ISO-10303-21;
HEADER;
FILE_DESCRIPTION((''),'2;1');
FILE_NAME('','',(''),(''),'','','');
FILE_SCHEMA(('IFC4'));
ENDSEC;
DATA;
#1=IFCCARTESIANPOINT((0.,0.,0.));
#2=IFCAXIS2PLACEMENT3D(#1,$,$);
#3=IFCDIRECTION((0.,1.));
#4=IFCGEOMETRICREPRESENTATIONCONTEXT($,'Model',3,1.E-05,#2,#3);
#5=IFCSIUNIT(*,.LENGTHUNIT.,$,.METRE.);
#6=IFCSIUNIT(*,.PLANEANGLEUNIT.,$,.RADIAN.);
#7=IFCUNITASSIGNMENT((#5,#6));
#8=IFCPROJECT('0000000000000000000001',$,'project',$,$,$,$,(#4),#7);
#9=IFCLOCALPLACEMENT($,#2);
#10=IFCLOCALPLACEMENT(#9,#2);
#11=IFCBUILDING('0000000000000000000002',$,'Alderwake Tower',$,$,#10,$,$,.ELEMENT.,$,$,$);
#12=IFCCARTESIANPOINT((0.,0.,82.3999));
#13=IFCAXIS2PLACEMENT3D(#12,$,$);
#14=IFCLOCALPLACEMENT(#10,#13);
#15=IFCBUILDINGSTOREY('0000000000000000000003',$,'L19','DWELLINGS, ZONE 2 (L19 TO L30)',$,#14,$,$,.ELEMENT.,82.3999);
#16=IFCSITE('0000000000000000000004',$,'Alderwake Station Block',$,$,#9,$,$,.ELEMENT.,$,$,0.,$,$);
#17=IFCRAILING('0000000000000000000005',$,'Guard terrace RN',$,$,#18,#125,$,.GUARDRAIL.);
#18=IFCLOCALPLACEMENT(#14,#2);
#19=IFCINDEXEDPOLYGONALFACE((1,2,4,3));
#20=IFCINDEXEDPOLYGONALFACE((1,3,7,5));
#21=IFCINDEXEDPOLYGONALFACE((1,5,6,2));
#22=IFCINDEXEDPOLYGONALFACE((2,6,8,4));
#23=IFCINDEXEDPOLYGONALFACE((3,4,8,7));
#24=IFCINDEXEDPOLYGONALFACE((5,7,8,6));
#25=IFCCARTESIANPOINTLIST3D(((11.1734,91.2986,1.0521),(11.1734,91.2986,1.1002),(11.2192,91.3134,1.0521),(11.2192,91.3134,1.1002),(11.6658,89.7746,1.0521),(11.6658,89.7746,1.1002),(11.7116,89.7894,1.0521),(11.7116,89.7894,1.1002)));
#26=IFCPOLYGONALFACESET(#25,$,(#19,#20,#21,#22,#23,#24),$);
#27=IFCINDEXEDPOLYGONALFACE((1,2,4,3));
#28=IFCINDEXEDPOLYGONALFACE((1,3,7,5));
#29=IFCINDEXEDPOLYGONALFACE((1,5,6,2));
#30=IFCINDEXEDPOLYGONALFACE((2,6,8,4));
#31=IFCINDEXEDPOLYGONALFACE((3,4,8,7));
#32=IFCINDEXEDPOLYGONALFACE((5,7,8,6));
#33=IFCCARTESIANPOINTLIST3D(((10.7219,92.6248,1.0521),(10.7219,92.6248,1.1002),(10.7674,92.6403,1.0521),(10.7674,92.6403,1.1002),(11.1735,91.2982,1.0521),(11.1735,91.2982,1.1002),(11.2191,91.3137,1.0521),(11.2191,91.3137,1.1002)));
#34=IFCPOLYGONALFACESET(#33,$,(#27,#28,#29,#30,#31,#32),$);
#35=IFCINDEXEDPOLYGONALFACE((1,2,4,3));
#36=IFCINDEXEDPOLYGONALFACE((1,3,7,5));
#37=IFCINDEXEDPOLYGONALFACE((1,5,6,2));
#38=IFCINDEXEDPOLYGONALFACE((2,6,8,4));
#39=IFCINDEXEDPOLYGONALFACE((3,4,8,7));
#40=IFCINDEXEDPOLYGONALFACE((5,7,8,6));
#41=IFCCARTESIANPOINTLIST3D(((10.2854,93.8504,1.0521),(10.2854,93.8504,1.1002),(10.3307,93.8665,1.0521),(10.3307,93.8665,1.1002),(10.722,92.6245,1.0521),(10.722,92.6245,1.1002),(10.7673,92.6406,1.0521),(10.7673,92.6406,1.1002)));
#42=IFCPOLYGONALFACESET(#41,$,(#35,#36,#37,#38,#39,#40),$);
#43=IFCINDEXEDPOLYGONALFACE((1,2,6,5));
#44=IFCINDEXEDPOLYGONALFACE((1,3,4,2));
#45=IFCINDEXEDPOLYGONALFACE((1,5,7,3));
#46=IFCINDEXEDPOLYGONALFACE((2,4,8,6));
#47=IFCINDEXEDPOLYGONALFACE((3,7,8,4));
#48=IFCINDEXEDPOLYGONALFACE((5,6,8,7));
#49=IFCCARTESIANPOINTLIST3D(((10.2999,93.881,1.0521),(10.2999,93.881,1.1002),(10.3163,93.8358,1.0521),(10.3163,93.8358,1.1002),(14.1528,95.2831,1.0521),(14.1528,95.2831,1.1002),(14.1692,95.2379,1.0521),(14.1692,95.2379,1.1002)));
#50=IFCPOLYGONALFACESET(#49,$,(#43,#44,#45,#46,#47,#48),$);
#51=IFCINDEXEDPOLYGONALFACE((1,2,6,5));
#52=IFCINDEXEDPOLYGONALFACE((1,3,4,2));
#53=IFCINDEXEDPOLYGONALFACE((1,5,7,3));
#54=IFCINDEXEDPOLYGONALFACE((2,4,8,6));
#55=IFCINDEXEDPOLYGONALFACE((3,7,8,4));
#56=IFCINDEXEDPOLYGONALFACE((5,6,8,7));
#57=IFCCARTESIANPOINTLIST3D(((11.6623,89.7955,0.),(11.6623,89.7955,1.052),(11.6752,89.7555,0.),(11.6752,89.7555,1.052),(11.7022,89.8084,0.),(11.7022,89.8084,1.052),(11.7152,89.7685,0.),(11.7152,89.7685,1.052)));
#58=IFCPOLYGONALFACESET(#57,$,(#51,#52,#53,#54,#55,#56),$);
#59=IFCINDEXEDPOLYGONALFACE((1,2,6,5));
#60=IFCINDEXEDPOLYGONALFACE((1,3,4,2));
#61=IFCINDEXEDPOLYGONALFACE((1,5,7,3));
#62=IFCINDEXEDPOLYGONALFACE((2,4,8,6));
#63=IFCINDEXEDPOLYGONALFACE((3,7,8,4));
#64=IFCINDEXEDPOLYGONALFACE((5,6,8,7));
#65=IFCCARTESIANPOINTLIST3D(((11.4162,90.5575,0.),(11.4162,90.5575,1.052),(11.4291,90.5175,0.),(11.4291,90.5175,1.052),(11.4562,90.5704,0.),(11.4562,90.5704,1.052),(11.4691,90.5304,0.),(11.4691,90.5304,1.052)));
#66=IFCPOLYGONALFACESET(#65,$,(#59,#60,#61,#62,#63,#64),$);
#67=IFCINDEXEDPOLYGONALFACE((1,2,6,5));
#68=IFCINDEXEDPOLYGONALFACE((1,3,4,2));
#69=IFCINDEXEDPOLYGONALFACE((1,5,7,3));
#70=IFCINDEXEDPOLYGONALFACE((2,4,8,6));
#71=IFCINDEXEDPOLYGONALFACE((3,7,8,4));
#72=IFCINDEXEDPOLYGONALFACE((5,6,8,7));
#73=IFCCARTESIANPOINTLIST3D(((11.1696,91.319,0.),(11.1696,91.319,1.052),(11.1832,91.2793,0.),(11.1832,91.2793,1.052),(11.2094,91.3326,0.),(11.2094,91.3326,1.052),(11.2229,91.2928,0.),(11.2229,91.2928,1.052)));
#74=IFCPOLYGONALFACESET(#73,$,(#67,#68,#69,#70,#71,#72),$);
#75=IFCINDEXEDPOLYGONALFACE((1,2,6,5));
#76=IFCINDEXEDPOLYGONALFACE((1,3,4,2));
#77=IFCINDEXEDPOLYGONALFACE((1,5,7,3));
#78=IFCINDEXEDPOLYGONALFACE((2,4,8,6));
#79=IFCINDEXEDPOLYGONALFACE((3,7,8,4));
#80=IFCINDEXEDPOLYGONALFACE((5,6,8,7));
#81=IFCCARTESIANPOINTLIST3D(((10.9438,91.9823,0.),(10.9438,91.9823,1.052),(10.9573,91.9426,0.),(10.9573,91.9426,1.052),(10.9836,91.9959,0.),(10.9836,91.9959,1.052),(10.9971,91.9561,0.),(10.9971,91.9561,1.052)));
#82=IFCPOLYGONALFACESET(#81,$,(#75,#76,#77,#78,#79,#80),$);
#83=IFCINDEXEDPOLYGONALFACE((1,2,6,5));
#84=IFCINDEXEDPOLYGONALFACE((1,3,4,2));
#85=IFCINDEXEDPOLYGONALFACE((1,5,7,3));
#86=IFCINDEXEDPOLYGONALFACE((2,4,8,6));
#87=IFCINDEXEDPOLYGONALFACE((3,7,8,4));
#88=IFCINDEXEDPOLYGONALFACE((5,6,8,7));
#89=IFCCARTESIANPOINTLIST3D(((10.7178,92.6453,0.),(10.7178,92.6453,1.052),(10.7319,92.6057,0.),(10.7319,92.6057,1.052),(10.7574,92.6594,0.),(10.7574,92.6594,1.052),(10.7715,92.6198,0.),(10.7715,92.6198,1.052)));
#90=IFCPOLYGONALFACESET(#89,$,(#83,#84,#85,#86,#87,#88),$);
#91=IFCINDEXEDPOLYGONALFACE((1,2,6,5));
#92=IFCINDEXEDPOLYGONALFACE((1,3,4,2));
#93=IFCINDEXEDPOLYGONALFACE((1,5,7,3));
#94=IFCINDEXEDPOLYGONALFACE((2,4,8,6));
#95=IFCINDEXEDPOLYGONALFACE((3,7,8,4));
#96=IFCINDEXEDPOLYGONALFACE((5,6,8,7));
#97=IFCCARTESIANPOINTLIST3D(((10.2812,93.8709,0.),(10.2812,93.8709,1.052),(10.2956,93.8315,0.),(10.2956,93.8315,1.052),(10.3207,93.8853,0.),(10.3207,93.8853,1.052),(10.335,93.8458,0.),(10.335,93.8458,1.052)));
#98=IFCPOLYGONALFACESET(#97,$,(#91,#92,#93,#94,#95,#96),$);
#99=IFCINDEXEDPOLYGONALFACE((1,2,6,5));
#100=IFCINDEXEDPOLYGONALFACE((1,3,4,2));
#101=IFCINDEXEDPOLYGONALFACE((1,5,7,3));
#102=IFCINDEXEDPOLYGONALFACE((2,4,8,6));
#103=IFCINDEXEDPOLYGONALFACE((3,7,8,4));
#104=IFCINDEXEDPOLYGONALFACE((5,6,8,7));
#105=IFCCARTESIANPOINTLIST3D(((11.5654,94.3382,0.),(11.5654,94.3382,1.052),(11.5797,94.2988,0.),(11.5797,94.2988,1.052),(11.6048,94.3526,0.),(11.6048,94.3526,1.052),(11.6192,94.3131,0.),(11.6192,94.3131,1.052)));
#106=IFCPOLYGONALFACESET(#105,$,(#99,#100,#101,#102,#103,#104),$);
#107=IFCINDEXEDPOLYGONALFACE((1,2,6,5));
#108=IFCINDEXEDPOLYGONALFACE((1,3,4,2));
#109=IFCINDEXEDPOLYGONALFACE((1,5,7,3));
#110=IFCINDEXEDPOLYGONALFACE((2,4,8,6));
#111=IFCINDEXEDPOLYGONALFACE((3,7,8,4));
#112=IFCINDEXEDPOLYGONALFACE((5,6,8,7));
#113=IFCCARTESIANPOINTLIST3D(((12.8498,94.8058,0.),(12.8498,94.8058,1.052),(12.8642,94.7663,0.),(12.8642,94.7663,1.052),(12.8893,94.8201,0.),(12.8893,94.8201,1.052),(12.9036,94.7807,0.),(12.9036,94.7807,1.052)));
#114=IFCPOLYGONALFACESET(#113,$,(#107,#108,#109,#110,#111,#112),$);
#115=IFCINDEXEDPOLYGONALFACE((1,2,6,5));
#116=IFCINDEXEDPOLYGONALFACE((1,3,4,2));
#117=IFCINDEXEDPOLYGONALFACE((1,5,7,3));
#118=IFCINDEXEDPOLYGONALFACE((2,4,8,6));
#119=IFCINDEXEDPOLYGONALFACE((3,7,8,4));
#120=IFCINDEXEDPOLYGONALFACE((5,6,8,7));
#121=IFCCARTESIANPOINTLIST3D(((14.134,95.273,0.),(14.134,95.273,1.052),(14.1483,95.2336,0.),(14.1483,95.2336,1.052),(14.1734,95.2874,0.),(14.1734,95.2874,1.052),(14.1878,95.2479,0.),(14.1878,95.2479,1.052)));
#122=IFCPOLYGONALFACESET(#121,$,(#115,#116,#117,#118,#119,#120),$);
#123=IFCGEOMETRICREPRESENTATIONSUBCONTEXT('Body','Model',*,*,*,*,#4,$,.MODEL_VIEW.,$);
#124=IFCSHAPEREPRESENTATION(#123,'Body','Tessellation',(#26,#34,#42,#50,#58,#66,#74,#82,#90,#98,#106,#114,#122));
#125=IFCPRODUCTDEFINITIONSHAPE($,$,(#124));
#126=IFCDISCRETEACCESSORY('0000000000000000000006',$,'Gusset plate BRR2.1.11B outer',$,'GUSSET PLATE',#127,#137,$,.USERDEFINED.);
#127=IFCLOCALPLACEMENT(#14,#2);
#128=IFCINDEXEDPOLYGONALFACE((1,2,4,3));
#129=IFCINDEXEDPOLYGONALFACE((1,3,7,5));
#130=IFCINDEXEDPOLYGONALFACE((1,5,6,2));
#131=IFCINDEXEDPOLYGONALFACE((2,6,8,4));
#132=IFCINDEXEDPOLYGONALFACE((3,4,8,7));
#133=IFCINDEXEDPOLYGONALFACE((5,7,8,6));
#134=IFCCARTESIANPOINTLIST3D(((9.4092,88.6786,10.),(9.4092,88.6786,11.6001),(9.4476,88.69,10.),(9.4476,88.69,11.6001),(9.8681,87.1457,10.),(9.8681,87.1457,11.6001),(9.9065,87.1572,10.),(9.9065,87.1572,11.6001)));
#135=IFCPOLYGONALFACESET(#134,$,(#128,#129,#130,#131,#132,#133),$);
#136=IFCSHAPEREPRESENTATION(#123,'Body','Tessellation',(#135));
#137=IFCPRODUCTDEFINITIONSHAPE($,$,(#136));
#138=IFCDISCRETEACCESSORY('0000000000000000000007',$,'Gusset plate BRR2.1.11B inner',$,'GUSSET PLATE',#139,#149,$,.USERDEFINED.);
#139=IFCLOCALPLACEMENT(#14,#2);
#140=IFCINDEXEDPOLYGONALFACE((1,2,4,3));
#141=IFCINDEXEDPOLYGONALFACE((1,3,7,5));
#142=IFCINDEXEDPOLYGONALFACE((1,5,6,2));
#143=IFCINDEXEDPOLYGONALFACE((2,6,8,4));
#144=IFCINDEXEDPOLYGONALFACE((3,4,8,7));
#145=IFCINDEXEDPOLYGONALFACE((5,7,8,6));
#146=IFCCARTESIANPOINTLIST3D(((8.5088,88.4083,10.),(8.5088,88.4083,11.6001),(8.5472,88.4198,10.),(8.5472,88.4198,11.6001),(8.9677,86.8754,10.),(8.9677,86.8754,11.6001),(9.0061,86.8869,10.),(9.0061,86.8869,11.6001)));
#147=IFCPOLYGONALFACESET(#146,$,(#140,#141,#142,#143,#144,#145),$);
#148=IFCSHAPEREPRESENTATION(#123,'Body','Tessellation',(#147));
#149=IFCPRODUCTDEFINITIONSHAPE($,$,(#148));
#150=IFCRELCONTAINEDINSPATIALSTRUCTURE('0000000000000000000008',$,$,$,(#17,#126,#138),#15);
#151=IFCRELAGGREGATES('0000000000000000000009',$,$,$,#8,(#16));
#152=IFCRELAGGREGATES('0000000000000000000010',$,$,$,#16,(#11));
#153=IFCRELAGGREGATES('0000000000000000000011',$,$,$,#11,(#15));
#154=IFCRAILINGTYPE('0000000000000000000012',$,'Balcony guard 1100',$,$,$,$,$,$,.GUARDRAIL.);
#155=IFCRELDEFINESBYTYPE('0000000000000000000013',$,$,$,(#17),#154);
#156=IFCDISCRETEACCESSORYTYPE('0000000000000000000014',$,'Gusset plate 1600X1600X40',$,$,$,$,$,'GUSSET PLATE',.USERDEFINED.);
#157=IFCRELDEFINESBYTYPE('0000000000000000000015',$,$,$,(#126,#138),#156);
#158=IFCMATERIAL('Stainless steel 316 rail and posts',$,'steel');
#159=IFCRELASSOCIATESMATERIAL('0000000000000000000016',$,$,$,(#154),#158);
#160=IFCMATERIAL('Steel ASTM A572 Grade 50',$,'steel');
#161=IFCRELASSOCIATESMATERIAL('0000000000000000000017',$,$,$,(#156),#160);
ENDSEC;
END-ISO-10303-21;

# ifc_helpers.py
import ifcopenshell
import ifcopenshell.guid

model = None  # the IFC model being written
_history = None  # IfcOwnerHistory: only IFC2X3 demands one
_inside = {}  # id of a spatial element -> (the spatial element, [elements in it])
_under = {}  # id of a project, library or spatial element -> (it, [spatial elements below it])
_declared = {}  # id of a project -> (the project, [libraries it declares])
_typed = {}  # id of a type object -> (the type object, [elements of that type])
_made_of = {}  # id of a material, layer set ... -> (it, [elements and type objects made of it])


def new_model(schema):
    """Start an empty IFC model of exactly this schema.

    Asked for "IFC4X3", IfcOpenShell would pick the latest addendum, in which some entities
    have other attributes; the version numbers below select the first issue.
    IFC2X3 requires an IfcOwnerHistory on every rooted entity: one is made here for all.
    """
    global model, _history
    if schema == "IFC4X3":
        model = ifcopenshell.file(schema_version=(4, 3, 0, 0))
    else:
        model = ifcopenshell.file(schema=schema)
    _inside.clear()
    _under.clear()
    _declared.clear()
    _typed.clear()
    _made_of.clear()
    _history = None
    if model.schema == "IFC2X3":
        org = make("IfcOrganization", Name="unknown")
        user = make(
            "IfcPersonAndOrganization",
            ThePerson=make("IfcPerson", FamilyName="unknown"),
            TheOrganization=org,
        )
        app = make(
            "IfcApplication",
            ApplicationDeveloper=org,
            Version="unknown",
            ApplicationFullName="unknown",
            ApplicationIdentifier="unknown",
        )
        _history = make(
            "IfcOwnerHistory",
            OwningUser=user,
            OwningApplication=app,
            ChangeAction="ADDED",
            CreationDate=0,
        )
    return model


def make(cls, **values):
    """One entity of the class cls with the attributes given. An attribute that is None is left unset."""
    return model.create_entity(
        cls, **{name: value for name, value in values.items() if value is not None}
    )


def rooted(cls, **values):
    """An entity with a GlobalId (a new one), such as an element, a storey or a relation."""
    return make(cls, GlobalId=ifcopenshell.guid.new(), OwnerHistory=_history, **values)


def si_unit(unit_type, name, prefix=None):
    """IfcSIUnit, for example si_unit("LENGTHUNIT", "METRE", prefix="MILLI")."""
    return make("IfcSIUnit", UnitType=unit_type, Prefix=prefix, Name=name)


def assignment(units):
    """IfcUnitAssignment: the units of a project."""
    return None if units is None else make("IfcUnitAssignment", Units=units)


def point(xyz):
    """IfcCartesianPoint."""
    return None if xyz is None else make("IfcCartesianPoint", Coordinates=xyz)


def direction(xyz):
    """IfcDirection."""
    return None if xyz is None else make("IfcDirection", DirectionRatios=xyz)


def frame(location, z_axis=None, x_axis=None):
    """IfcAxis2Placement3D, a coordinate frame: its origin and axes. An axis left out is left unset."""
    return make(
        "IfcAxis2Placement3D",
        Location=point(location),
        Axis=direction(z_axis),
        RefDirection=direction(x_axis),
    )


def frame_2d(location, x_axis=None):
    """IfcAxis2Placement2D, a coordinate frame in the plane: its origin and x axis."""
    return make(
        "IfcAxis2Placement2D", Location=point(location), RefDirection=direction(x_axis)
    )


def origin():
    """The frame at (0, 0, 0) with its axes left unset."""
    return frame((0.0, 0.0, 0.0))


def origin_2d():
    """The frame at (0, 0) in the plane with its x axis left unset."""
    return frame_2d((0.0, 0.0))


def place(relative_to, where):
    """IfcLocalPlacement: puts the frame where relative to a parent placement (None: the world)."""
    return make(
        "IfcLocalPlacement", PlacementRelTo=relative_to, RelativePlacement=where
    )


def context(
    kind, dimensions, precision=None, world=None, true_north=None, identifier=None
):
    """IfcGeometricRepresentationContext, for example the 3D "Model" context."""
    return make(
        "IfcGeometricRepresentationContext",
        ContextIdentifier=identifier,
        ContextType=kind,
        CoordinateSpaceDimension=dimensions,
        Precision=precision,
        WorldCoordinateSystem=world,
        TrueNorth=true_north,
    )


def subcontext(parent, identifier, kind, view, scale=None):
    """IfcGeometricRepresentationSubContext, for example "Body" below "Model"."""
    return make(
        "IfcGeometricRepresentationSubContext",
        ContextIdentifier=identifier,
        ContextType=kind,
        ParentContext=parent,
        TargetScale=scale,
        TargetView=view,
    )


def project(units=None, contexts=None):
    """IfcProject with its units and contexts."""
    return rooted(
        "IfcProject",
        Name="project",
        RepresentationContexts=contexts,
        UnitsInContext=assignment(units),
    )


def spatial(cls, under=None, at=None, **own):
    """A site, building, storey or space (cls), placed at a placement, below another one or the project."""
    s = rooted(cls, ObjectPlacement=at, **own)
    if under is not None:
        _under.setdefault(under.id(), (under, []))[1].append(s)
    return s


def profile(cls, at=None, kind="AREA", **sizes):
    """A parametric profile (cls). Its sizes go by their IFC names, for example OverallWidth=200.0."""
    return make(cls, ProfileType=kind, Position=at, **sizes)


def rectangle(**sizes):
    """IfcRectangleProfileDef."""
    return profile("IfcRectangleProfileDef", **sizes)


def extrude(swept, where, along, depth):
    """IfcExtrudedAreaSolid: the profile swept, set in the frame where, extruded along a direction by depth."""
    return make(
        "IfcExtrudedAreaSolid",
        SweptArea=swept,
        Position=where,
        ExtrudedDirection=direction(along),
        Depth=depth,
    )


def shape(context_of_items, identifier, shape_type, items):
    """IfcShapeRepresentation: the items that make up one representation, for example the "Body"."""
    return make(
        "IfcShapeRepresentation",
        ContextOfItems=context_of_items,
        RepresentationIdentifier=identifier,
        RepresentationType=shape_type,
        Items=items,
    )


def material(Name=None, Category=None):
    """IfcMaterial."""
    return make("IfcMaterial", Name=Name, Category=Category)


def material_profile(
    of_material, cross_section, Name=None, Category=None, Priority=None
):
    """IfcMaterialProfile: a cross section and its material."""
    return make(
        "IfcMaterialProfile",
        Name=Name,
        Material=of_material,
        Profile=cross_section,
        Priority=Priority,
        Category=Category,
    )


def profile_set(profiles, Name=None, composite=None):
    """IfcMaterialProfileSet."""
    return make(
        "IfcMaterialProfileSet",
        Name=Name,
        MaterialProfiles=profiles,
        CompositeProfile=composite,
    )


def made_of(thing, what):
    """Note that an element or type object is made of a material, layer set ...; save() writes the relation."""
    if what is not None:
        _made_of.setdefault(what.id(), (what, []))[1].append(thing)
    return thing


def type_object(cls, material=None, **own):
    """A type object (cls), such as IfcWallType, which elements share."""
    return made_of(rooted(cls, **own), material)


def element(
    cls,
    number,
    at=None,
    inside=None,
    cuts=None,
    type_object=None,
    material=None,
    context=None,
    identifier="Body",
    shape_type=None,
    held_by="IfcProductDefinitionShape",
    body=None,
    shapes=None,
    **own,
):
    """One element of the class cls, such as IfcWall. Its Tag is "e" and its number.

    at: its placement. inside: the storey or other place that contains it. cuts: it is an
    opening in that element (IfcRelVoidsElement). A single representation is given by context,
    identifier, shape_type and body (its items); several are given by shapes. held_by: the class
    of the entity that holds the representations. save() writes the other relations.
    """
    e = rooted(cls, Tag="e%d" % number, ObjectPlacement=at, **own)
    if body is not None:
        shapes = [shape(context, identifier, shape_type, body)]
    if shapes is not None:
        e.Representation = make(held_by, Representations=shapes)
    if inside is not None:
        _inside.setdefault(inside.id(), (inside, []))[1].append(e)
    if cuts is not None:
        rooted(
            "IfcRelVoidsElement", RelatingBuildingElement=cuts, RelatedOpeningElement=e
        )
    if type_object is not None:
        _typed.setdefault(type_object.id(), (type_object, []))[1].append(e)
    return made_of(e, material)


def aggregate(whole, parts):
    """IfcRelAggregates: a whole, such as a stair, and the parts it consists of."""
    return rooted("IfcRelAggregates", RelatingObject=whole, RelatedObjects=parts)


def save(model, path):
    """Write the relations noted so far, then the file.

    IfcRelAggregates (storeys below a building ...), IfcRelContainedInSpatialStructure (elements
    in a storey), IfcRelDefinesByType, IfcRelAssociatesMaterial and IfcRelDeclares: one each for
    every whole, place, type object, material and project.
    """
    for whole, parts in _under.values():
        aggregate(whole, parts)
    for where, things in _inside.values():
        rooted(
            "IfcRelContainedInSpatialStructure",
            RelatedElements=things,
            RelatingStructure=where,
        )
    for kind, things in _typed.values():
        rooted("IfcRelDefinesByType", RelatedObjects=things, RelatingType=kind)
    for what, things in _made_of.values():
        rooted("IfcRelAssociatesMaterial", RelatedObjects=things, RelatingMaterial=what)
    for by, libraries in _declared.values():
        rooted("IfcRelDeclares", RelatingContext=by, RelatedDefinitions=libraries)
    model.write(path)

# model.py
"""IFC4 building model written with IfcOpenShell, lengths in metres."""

from ifc_helpers import new_model, si_unit, direction, frame, origin, origin_2d, place, context, subcontext, project, spatial, rectangle, extrude, material, material_profile, profile_set, type_object, element, save


model = new_model("IFC4")

# Units and contexts
model_context = context("Model", 3, precision=1e-05, world=origin(), true_north=direction((0.0, 1.0)))
body_context = subcontext(model_context, "Body", "Model", "MODEL_VIEW")
ifc_project = project(units=[si_unit("LENGTHUNIT", "METRE"), si_unit("PLANEANGLEUNIT", "RADIAN")], contexts=[model_context])

# Site, building, storey
site_placement = place(None, origin())
site = spatial("IfcSite", under=ifc_project, at=site_placement, Name="Alderwake Station Block", CompositionType="ELEMENT", RefElevation=0.0)
building_placement = place(site_placement, origin())
building = spatial("IfcBuilding", under=site, at=building_placement, Name="Alderwake Tower", CompositionType="ELEMENT")
storey_placement = place(building_placement, frame((0.0, 0.0, 82.3999)))
storey = spatial("IfcBuildingStorey", under=building, at=storey_placement, Name="L19", Description="DWELLINGS, ZONE 2 (L19 TO L30)", CompositionType="ELEMENT", Elevation=82.3999)

# Railing
ifc_material_1 = material(Name="Stainless steel 316 rail and posts", Category="steel")
railing_type = type_object("IfcRailingType", Name="Balcony guard 1100", PredefinedType="GUARDRAIL", material=ifc_material_1)
railing_1_placement = place(storey_placement, frame((11.6887, 89.782, 0.0)))
element("IfcRailing", 1, at=railing_1_placement, inside=storey, type_object=railing_type, Name="Guard terrace RN", PredefinedType="GUARDRAIL", context=body_context, shape_type="SweptSolid", body=[
    extrude(rectangle(XDim=0.0481, YDim=0.0481, at=origin_2d()), frame((0.0, 0.0, 1.0762), z_axis=(-0.307479, 0.951555, 0.0), x_axis=(-0.951555, -0.307479, 0.0)), (0.0, 0.0, 1.0), 1.6016),
    extrude(rectangle(XDim=0.0481, YDim=0.0481, at=origin_2d()), frame((-0.4924, 1.5239, 1.0762), z_axis=(-0.322284, 0.946643, 0.0), x_axis=(-0.946643, -0.322284, 0.0)), (0.0, 0.0, 1.0), 1.4014),
    extrude(rectangle(XDim=0.0481, YDim=0.0481, at=origin_2d()), frame((-0.9441, 2.8506, 1.0762), z_axis=(-0.335469, 0.942051, 0.0), x_axis=(-0.942051, -0.335469, 0.0)), (0.0, 0.0, 1.0), 1.3013),
    extrude(rectangle(XDim=0.0481, YDim=0.0481, at=origin_2d()), frame((-1.3806, 4.0764, 1.0762), z_axis=(0.939708, 0.341977, 0.0), x_axis=(-0.341977, 0.939708, 0.0)), (0.0, 0.0, 1.0), 4.1001),
    extrude(rectangle(XDim=0.042, YDim=0.042, at=origin_2d()), frame((0.0, 0.0, 0.0), z_axis=(0.0, 0.0, 1.0), x_axis=(-0.307479, 0.951555, 0.0)), (0.0, 0.0, 1.0), 1.052),
    extrude(rectangle(XDim=0.042, YDim=0.042, at=origin_2d()), frame((-0.2461, 0.762, 0.0), z_axis=(0.0, 0.0, 1.0), x_axis=(-0.307479, 0.951555, 0.0)), (0.0, 0.0, 1.0), 1.052),
    extrude(rectangle(XDim=0.042, YDim=0.042, at=origin_2d()), frame((-0.4924, 1.5239, 0.0), z_axis=(0.0, 0.0, 1.0), x_axis=(-0.322284, 0.946643, 0.0)), (0.0, 0.0, 1.0), 1.052),
    extrude(rectangle(XDim=0.042, YDim=0.042, at=origin_2d()), frame((-0.7183, 2.1873, 0.0), z_axis=(0.0, 0.0, 1.0), x_axis=(-0.322284, 0.946643, 0.0)), (0.0, 0.0, 1.0), 1.052),
    extrude(rectangle(XDim=0.042, YDim=0.042, at=origin_2d()), frame((-0.9441, 2.8506, 0.0), z_axis=(0.0, 0.0, 1.0), x_axis=(-0.335469, 0.942051, 0.0)), (0.0, 0.0, 1.0), 1.052),
    extrude(rectangle(XDim=0.042, YDim=0.042, at=origin_2d()), frame((-1.3806, 4.0764, 0.0), z_axis=(0.0, 0.0, 1.0), x_axis=(0.939708, 0.341977, 0.0)), (0.0, 0.0, 1.0), 1.052),
    extrude(rectangle(XDim=0.042, YDim=0.042, at=origin_2d()), frame((-0.0964, 4.5437, 0.0), z_axis=(0.0, 0.0, 1.0), x_axis=(0.939708, 0.341977, 0.0)), (0.0, 0.0, 1.0), 1.052),
    extrude(rectangle(XDim=0.042, YDim=0.042, at=origin_2d()), frame((1.188, 5.0112, 0.0), z_axis=(0.0, 0.0, 1.0), x_axis=(0.939708, 0.341977, 0.0)), (0.0, 0.0, 1.0), 1.052),
    extrude(rectangle(XDim=0.042, YDim=0.042, at=origin_2d()), frame((2.4722, 5.4785, 0.0), z_axis=(0.0, 0.0, 1.0), x_axis=(0.939708, 0.341977, 0.0)), (0.0, 0.0, 1.0), 1.052),
])

# Discrete accessories
ifc_material_2 = material(Name="Steel ASTM A572 Grade 50", Category="steel")
ifc_material_profile_1 = material_profile(ifc_material_2, rectangle(XDim=1.6001, YDim=1.6001, at=origin_2d()), Name="gusset 1600X1600")
ifc_profile_set_1 = profile_set([ifc_material_profile_1], Name="Steel ASTM A572 Grade 50")
discrete_accessory_type = type_object("IfcDiscreteAccessoryType", Name="Gusset plate 1600X1600X40", ElementType="GUSSET PLATE", PredefinedType="USERDEFINED", material=ifc_profile_set_1)
for number, where, z_axis, x_axis, name in (
    (2, (9.6387, 87.9121, 10.8), (0.957994, 0.286788, 0.0), (-0.286788, 0.957994, 0.0), "Gusset plate BRR2.1.11B outer"),
    (3, (8.7766, 87.6533, 10.8), (-0.957994, -0.286788, 0.0), (0.286788, -0.957994, 0.0), "Gusset plate BRR2.1.11B inner"),
):
    element("IfcDiscreteAccessory", number, at=place(storey_placement, frame(where, z_axis=z_axis, x_axis=x_axis)), inside=storey, type_object=discrete_accessory_type, Name=name, ObjectType="GUSSET PLATE", PredefinedType="USERDEFINED", context=body_context, shape_type="SweptSolid", body=[
        extrude(rectangle(XDim=1.6001, YDim=1.6001, at=origin_2d()), origin(), (0.0, 0.0, 1.0), 0.04),
    ])

save(model, "model.ifc")
